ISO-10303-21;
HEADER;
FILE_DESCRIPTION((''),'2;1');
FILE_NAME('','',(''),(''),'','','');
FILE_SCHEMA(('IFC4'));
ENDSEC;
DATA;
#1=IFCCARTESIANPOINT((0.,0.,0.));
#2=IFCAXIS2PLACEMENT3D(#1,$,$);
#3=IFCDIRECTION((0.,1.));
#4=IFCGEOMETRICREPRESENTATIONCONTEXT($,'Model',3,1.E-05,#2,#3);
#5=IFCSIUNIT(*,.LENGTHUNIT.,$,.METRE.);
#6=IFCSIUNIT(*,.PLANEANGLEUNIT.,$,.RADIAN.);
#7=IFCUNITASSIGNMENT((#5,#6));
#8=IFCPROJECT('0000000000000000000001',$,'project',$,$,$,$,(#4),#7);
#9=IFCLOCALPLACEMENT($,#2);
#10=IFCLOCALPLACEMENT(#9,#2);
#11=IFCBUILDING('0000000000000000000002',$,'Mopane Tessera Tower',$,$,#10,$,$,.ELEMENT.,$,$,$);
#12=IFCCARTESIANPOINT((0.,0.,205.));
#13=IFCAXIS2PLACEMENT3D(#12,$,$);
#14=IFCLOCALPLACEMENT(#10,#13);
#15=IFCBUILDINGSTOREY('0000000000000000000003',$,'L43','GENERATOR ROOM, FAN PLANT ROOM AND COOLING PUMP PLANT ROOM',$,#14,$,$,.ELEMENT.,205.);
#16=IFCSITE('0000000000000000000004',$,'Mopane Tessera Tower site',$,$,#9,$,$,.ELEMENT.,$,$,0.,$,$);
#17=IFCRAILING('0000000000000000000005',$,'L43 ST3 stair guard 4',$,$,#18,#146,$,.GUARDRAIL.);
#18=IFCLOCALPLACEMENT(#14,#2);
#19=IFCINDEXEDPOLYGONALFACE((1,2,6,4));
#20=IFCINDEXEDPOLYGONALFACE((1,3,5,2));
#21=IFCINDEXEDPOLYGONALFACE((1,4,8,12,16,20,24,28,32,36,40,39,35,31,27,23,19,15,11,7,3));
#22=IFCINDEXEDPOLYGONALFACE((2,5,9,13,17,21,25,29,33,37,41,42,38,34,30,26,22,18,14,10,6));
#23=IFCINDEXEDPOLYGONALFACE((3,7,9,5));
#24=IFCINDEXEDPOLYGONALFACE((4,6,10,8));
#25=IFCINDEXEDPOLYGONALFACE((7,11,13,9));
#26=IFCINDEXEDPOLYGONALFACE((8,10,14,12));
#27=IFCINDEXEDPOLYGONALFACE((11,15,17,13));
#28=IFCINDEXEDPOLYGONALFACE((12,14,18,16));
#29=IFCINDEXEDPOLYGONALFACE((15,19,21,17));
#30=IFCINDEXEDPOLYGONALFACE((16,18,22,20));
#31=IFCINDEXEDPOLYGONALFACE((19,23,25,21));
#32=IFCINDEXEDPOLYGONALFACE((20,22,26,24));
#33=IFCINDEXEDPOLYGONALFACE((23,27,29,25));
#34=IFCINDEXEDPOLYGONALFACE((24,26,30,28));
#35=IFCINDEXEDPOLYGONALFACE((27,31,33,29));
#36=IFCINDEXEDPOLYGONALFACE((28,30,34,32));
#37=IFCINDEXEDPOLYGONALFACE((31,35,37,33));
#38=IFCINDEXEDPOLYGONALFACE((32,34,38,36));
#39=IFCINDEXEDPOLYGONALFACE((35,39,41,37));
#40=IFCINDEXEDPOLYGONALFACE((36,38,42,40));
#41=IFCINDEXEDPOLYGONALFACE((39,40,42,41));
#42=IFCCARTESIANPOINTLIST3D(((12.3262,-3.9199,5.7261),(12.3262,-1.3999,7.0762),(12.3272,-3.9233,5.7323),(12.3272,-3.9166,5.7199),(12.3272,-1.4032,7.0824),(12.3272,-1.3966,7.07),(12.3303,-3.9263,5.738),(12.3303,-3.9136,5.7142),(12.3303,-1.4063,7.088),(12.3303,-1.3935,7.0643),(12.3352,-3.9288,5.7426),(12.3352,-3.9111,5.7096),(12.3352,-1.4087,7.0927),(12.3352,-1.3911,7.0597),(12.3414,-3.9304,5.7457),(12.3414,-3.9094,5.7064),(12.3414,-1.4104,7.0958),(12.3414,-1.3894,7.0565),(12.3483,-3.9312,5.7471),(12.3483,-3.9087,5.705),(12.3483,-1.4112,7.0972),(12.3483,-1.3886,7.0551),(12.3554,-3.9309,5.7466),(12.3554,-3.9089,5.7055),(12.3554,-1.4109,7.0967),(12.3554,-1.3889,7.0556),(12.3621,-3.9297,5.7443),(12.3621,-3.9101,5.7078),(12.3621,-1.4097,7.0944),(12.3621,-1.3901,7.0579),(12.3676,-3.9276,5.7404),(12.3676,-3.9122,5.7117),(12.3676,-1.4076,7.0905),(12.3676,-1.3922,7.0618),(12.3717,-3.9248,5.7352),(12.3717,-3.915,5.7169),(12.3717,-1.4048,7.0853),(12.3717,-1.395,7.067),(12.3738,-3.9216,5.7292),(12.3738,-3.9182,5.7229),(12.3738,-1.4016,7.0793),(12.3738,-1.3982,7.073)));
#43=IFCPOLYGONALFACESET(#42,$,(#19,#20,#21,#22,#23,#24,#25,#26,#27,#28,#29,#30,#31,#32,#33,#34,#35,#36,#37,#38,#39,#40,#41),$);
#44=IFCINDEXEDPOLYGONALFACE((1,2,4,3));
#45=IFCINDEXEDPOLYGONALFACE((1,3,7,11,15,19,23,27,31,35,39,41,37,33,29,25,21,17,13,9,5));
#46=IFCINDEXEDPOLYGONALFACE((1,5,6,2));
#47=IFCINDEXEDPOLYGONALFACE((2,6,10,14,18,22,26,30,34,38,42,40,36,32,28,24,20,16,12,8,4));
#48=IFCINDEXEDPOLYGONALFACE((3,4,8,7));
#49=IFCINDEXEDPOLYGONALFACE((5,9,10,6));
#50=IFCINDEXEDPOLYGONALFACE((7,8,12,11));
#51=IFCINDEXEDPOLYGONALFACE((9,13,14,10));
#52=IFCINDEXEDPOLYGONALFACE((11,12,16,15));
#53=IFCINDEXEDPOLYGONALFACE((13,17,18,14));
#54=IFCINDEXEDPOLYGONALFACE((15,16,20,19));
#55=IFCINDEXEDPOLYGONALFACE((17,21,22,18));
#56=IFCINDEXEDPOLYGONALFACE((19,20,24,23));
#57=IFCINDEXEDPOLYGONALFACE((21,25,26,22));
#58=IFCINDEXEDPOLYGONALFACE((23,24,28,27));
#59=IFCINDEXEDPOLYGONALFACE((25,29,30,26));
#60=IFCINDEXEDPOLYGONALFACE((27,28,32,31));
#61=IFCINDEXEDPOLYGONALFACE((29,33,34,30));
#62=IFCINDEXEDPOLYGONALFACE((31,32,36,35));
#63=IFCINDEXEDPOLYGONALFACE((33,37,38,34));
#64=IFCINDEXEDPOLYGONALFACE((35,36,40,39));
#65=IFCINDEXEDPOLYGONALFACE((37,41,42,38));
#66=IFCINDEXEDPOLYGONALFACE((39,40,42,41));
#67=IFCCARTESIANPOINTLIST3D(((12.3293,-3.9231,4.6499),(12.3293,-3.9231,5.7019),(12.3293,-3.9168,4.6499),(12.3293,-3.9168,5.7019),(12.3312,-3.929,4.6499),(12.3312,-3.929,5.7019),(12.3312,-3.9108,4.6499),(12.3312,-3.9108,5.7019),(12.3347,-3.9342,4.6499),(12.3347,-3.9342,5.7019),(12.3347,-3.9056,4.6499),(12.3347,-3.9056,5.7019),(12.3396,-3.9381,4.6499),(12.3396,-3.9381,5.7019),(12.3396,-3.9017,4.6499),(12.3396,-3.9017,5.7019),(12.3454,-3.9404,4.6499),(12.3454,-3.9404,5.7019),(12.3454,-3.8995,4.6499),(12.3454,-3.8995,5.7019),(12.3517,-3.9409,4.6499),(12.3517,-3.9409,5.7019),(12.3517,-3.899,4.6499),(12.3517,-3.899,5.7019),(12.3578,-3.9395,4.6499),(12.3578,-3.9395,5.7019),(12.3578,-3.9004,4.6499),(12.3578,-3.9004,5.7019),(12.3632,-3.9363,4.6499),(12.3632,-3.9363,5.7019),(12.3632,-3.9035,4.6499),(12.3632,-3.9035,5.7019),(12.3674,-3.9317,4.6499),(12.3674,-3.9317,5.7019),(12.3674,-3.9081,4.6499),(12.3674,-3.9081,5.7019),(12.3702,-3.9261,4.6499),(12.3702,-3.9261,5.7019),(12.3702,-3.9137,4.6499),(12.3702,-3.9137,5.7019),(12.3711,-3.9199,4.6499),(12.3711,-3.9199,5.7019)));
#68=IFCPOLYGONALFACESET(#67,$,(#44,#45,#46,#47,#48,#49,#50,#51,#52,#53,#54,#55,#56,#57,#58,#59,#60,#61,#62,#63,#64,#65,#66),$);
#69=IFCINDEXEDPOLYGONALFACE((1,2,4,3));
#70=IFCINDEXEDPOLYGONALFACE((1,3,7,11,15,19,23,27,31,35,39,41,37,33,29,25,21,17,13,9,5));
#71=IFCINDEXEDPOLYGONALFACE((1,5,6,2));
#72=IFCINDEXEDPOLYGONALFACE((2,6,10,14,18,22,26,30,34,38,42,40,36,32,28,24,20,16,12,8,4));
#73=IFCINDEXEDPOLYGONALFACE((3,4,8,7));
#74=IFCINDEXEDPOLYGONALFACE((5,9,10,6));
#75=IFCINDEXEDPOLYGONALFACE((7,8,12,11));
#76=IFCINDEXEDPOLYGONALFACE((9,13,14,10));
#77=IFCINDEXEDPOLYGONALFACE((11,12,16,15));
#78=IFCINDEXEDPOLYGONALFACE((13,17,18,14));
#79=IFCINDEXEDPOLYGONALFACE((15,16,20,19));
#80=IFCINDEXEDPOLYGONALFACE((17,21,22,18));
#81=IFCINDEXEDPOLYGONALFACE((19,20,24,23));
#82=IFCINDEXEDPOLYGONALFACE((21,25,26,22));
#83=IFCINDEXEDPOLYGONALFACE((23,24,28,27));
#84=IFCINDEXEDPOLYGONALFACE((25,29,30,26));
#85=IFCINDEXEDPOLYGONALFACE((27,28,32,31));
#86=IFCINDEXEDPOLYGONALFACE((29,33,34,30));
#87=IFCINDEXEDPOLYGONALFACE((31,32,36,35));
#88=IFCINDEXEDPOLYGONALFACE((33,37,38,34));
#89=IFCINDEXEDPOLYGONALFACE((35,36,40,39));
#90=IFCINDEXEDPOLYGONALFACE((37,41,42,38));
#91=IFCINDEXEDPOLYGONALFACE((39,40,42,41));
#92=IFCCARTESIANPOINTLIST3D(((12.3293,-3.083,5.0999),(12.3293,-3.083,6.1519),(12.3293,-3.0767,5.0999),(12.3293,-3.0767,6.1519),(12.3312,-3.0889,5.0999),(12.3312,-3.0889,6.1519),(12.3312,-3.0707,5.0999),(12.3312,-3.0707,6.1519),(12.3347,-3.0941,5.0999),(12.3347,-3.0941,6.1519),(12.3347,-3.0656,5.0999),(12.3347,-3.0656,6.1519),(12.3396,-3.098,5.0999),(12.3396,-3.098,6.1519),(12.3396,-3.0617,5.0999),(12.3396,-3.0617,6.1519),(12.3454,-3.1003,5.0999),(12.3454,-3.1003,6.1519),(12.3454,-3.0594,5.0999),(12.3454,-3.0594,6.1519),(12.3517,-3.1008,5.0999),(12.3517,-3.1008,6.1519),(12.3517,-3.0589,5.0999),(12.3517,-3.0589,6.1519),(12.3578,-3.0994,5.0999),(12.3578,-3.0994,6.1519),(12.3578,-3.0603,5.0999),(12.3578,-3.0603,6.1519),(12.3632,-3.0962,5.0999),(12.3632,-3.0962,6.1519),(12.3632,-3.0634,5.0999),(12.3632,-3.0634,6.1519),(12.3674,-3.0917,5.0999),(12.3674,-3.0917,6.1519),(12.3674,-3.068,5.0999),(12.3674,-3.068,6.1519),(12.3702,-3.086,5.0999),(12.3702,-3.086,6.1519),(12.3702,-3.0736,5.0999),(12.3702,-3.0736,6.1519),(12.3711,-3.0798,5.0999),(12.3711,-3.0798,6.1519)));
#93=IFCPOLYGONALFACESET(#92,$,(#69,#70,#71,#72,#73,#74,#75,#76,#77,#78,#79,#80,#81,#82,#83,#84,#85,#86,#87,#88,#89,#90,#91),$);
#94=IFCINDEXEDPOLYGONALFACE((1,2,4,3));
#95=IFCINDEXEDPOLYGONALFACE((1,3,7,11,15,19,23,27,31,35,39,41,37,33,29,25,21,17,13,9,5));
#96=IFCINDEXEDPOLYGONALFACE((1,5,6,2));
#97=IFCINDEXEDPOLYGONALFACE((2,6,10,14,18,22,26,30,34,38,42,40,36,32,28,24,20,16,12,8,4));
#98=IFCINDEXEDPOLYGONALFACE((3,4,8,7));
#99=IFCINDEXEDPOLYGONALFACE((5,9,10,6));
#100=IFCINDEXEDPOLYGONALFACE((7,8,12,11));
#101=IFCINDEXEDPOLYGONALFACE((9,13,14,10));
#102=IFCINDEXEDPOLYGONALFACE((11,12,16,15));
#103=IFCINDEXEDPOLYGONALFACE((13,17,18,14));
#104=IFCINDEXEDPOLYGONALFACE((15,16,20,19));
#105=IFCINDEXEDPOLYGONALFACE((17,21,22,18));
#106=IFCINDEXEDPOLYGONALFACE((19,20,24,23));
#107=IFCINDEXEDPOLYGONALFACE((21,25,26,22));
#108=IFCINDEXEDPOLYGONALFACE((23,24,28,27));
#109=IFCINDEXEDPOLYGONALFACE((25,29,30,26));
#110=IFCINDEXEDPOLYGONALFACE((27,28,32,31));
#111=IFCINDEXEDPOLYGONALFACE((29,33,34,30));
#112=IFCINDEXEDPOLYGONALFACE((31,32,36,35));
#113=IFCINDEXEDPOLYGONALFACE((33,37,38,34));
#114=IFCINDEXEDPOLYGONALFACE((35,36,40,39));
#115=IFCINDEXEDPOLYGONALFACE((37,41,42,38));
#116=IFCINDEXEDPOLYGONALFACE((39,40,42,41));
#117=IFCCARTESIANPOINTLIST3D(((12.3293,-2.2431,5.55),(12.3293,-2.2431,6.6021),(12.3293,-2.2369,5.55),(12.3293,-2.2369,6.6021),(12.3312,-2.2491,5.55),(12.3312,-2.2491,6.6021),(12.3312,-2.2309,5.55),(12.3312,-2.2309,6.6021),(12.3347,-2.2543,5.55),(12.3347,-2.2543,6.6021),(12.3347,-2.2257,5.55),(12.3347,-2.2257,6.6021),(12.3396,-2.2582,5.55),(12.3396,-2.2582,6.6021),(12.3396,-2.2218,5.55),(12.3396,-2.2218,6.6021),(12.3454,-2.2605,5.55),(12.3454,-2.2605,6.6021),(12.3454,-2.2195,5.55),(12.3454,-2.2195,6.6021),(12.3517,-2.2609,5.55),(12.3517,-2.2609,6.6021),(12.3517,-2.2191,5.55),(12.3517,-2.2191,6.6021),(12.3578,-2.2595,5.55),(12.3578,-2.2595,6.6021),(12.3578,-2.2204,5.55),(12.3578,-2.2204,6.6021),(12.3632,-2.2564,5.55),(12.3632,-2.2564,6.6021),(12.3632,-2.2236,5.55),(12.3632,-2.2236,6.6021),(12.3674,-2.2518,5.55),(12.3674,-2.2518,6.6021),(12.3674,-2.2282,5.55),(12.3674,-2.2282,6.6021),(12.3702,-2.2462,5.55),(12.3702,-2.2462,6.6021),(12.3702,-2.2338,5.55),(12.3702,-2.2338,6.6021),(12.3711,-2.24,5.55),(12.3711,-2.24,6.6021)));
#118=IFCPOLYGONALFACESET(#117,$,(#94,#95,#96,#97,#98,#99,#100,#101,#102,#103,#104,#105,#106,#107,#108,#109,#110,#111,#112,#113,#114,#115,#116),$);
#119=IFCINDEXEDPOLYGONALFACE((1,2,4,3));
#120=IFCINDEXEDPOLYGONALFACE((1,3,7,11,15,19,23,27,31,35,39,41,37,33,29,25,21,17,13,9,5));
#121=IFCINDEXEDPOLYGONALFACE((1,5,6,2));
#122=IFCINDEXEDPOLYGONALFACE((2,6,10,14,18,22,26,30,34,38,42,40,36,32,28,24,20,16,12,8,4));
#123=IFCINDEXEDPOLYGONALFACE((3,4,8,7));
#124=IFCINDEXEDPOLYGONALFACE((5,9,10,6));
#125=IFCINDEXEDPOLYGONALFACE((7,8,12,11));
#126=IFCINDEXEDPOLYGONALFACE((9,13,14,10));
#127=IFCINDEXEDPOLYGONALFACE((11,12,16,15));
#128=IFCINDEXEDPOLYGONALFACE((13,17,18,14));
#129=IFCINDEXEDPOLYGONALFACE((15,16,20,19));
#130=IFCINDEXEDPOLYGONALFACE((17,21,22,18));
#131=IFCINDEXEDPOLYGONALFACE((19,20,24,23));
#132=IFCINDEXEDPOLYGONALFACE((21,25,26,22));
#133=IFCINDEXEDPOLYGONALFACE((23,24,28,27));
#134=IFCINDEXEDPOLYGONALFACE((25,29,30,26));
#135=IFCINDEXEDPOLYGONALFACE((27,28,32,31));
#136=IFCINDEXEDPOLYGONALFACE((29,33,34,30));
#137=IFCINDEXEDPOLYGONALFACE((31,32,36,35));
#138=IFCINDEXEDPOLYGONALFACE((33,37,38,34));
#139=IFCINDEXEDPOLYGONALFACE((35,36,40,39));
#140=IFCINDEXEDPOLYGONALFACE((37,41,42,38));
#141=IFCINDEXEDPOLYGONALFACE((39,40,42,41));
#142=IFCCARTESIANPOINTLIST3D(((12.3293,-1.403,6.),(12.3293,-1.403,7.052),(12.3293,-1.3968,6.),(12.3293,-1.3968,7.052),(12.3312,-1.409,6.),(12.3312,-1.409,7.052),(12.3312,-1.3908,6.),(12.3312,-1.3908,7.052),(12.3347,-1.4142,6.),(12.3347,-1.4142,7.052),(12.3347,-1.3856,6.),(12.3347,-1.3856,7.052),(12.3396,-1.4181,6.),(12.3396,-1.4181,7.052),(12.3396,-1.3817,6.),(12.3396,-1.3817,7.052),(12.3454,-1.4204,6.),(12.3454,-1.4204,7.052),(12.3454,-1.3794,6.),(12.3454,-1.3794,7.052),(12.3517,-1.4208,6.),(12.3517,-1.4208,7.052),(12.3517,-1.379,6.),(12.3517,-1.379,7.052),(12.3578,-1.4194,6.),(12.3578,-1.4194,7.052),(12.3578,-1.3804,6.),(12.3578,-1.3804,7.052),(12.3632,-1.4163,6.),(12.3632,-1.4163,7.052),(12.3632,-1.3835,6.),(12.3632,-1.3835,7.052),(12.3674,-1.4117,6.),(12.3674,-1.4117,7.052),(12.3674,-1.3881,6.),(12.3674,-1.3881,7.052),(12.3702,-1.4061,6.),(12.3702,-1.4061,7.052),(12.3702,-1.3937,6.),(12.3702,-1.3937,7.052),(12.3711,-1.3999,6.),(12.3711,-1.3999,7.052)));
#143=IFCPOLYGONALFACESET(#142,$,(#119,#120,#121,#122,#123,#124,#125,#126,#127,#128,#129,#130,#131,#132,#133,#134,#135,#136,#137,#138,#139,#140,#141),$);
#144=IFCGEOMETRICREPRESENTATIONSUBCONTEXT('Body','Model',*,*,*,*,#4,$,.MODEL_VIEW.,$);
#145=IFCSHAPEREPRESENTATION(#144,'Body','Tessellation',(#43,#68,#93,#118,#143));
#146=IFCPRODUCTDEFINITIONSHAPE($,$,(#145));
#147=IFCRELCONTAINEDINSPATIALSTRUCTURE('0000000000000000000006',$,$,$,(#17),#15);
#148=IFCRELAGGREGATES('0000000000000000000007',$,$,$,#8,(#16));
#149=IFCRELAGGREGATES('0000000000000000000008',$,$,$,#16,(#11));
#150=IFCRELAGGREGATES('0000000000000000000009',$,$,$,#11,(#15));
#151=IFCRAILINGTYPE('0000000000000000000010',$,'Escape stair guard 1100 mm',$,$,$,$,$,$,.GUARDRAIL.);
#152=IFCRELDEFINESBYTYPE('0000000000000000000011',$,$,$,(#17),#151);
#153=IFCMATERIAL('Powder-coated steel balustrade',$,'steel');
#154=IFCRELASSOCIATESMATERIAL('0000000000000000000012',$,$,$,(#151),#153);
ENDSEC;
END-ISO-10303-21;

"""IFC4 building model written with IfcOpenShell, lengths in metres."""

from ifc_helpers import new_model, si_unit, direction, frame, origin, origin_2d, place, context, subcontext, project, spatial, circle, extrude, material, type_object, element, save


model = new_model("IFC4")

# Units and contexts
model_context = context("Model", 3, precision=1e-05, world=origin(), true_north=direction((0.0, 1.0)))
body_context = subcontext(model_context, "Body", "Model", "MODEL_VIEW")
ifc_project = project(units=[si_unit("LENGTHUNIT", "METRE"), si_unit("PLANEANGLEUNIT", "RADIAN")], contexts=[model_context])

# Site, building, storey
site_placement = place(None, origin())
site = spatial("IfcSite", under=ifc_project, at=site_placement, Name="Mopane Tessera Tower site", CompositionType="ELEMENT", RefElevation=0.0)
building_placement = place(site_placement, origin())
building = spatial("IfcBuilding", under=site, at=building_placement, Name="Mopane Tessera Tower", CompositionType="ELEMENT")
storey_placement = place(building_placement, frame((0.0, 0.0, 205.0)))
storey = spatial("IfcBuildingStorey", under=building, at=storey_placement, Name="L43", Description="GENERATOR ROOM, FAN PLANT ROOM AND COOLING PUMP PLANT ROOM", CompositionType="ELEMENT", Elevation=205.0)

# Railing
ifc_material_1 = material(Name="Powder-coated steel balustrade", Category="steel")
railing_type_1 = type_object("IfcRailingType", Name="Escape stair guard 1100 mm", PredefinedType="GUARDRAIL", material=ifc_material_1)
railing_1_placement = place(storey_placement, frame((12.3501, -3.9199, 4.6499)))
element("IfcRailing", 1, at=railing_1_placement, inside=storey, type_object=railing_type_1, Name="L43 ST3 stair guard 4", PredefinedType="GUARDRAIL", context=body_context, shape_type="SweptSolid", body=[
    extrude(circle(Radius=0.0239, at=origin_2d()), frame((0.0, 0.0, 1.0762), z_axis=(0.0, 0.881467, 0.472245), x_axis=(-1.0, 0.0, 0.0)), (0.0, 0.0, 1.0), 2.8589),
    extrude(circle(Radius=0.021, at=origin_2d()), origin(), (0.0, 0.0, 1.0), 1.052),
    extrude(circle(Radius=0.021, at=origin_2d()), frame((0.0, 0.8401, 0.45)), (0.0, 0.0, 1.0), 1.052),
    extrude(circle(Radius=0.021, at=origin_2d()), frame((0.0, 1.6799, 0.9001)), (0.0, 0.0, 1.0), 1.052),
    extrude(circle(Radius=0.021, at=origin_2d()), frame((0.0, 2.52, 1.3501)), (0.0, 0.0, 1.0), 1.052),
])

save(model, "model.ifc")
